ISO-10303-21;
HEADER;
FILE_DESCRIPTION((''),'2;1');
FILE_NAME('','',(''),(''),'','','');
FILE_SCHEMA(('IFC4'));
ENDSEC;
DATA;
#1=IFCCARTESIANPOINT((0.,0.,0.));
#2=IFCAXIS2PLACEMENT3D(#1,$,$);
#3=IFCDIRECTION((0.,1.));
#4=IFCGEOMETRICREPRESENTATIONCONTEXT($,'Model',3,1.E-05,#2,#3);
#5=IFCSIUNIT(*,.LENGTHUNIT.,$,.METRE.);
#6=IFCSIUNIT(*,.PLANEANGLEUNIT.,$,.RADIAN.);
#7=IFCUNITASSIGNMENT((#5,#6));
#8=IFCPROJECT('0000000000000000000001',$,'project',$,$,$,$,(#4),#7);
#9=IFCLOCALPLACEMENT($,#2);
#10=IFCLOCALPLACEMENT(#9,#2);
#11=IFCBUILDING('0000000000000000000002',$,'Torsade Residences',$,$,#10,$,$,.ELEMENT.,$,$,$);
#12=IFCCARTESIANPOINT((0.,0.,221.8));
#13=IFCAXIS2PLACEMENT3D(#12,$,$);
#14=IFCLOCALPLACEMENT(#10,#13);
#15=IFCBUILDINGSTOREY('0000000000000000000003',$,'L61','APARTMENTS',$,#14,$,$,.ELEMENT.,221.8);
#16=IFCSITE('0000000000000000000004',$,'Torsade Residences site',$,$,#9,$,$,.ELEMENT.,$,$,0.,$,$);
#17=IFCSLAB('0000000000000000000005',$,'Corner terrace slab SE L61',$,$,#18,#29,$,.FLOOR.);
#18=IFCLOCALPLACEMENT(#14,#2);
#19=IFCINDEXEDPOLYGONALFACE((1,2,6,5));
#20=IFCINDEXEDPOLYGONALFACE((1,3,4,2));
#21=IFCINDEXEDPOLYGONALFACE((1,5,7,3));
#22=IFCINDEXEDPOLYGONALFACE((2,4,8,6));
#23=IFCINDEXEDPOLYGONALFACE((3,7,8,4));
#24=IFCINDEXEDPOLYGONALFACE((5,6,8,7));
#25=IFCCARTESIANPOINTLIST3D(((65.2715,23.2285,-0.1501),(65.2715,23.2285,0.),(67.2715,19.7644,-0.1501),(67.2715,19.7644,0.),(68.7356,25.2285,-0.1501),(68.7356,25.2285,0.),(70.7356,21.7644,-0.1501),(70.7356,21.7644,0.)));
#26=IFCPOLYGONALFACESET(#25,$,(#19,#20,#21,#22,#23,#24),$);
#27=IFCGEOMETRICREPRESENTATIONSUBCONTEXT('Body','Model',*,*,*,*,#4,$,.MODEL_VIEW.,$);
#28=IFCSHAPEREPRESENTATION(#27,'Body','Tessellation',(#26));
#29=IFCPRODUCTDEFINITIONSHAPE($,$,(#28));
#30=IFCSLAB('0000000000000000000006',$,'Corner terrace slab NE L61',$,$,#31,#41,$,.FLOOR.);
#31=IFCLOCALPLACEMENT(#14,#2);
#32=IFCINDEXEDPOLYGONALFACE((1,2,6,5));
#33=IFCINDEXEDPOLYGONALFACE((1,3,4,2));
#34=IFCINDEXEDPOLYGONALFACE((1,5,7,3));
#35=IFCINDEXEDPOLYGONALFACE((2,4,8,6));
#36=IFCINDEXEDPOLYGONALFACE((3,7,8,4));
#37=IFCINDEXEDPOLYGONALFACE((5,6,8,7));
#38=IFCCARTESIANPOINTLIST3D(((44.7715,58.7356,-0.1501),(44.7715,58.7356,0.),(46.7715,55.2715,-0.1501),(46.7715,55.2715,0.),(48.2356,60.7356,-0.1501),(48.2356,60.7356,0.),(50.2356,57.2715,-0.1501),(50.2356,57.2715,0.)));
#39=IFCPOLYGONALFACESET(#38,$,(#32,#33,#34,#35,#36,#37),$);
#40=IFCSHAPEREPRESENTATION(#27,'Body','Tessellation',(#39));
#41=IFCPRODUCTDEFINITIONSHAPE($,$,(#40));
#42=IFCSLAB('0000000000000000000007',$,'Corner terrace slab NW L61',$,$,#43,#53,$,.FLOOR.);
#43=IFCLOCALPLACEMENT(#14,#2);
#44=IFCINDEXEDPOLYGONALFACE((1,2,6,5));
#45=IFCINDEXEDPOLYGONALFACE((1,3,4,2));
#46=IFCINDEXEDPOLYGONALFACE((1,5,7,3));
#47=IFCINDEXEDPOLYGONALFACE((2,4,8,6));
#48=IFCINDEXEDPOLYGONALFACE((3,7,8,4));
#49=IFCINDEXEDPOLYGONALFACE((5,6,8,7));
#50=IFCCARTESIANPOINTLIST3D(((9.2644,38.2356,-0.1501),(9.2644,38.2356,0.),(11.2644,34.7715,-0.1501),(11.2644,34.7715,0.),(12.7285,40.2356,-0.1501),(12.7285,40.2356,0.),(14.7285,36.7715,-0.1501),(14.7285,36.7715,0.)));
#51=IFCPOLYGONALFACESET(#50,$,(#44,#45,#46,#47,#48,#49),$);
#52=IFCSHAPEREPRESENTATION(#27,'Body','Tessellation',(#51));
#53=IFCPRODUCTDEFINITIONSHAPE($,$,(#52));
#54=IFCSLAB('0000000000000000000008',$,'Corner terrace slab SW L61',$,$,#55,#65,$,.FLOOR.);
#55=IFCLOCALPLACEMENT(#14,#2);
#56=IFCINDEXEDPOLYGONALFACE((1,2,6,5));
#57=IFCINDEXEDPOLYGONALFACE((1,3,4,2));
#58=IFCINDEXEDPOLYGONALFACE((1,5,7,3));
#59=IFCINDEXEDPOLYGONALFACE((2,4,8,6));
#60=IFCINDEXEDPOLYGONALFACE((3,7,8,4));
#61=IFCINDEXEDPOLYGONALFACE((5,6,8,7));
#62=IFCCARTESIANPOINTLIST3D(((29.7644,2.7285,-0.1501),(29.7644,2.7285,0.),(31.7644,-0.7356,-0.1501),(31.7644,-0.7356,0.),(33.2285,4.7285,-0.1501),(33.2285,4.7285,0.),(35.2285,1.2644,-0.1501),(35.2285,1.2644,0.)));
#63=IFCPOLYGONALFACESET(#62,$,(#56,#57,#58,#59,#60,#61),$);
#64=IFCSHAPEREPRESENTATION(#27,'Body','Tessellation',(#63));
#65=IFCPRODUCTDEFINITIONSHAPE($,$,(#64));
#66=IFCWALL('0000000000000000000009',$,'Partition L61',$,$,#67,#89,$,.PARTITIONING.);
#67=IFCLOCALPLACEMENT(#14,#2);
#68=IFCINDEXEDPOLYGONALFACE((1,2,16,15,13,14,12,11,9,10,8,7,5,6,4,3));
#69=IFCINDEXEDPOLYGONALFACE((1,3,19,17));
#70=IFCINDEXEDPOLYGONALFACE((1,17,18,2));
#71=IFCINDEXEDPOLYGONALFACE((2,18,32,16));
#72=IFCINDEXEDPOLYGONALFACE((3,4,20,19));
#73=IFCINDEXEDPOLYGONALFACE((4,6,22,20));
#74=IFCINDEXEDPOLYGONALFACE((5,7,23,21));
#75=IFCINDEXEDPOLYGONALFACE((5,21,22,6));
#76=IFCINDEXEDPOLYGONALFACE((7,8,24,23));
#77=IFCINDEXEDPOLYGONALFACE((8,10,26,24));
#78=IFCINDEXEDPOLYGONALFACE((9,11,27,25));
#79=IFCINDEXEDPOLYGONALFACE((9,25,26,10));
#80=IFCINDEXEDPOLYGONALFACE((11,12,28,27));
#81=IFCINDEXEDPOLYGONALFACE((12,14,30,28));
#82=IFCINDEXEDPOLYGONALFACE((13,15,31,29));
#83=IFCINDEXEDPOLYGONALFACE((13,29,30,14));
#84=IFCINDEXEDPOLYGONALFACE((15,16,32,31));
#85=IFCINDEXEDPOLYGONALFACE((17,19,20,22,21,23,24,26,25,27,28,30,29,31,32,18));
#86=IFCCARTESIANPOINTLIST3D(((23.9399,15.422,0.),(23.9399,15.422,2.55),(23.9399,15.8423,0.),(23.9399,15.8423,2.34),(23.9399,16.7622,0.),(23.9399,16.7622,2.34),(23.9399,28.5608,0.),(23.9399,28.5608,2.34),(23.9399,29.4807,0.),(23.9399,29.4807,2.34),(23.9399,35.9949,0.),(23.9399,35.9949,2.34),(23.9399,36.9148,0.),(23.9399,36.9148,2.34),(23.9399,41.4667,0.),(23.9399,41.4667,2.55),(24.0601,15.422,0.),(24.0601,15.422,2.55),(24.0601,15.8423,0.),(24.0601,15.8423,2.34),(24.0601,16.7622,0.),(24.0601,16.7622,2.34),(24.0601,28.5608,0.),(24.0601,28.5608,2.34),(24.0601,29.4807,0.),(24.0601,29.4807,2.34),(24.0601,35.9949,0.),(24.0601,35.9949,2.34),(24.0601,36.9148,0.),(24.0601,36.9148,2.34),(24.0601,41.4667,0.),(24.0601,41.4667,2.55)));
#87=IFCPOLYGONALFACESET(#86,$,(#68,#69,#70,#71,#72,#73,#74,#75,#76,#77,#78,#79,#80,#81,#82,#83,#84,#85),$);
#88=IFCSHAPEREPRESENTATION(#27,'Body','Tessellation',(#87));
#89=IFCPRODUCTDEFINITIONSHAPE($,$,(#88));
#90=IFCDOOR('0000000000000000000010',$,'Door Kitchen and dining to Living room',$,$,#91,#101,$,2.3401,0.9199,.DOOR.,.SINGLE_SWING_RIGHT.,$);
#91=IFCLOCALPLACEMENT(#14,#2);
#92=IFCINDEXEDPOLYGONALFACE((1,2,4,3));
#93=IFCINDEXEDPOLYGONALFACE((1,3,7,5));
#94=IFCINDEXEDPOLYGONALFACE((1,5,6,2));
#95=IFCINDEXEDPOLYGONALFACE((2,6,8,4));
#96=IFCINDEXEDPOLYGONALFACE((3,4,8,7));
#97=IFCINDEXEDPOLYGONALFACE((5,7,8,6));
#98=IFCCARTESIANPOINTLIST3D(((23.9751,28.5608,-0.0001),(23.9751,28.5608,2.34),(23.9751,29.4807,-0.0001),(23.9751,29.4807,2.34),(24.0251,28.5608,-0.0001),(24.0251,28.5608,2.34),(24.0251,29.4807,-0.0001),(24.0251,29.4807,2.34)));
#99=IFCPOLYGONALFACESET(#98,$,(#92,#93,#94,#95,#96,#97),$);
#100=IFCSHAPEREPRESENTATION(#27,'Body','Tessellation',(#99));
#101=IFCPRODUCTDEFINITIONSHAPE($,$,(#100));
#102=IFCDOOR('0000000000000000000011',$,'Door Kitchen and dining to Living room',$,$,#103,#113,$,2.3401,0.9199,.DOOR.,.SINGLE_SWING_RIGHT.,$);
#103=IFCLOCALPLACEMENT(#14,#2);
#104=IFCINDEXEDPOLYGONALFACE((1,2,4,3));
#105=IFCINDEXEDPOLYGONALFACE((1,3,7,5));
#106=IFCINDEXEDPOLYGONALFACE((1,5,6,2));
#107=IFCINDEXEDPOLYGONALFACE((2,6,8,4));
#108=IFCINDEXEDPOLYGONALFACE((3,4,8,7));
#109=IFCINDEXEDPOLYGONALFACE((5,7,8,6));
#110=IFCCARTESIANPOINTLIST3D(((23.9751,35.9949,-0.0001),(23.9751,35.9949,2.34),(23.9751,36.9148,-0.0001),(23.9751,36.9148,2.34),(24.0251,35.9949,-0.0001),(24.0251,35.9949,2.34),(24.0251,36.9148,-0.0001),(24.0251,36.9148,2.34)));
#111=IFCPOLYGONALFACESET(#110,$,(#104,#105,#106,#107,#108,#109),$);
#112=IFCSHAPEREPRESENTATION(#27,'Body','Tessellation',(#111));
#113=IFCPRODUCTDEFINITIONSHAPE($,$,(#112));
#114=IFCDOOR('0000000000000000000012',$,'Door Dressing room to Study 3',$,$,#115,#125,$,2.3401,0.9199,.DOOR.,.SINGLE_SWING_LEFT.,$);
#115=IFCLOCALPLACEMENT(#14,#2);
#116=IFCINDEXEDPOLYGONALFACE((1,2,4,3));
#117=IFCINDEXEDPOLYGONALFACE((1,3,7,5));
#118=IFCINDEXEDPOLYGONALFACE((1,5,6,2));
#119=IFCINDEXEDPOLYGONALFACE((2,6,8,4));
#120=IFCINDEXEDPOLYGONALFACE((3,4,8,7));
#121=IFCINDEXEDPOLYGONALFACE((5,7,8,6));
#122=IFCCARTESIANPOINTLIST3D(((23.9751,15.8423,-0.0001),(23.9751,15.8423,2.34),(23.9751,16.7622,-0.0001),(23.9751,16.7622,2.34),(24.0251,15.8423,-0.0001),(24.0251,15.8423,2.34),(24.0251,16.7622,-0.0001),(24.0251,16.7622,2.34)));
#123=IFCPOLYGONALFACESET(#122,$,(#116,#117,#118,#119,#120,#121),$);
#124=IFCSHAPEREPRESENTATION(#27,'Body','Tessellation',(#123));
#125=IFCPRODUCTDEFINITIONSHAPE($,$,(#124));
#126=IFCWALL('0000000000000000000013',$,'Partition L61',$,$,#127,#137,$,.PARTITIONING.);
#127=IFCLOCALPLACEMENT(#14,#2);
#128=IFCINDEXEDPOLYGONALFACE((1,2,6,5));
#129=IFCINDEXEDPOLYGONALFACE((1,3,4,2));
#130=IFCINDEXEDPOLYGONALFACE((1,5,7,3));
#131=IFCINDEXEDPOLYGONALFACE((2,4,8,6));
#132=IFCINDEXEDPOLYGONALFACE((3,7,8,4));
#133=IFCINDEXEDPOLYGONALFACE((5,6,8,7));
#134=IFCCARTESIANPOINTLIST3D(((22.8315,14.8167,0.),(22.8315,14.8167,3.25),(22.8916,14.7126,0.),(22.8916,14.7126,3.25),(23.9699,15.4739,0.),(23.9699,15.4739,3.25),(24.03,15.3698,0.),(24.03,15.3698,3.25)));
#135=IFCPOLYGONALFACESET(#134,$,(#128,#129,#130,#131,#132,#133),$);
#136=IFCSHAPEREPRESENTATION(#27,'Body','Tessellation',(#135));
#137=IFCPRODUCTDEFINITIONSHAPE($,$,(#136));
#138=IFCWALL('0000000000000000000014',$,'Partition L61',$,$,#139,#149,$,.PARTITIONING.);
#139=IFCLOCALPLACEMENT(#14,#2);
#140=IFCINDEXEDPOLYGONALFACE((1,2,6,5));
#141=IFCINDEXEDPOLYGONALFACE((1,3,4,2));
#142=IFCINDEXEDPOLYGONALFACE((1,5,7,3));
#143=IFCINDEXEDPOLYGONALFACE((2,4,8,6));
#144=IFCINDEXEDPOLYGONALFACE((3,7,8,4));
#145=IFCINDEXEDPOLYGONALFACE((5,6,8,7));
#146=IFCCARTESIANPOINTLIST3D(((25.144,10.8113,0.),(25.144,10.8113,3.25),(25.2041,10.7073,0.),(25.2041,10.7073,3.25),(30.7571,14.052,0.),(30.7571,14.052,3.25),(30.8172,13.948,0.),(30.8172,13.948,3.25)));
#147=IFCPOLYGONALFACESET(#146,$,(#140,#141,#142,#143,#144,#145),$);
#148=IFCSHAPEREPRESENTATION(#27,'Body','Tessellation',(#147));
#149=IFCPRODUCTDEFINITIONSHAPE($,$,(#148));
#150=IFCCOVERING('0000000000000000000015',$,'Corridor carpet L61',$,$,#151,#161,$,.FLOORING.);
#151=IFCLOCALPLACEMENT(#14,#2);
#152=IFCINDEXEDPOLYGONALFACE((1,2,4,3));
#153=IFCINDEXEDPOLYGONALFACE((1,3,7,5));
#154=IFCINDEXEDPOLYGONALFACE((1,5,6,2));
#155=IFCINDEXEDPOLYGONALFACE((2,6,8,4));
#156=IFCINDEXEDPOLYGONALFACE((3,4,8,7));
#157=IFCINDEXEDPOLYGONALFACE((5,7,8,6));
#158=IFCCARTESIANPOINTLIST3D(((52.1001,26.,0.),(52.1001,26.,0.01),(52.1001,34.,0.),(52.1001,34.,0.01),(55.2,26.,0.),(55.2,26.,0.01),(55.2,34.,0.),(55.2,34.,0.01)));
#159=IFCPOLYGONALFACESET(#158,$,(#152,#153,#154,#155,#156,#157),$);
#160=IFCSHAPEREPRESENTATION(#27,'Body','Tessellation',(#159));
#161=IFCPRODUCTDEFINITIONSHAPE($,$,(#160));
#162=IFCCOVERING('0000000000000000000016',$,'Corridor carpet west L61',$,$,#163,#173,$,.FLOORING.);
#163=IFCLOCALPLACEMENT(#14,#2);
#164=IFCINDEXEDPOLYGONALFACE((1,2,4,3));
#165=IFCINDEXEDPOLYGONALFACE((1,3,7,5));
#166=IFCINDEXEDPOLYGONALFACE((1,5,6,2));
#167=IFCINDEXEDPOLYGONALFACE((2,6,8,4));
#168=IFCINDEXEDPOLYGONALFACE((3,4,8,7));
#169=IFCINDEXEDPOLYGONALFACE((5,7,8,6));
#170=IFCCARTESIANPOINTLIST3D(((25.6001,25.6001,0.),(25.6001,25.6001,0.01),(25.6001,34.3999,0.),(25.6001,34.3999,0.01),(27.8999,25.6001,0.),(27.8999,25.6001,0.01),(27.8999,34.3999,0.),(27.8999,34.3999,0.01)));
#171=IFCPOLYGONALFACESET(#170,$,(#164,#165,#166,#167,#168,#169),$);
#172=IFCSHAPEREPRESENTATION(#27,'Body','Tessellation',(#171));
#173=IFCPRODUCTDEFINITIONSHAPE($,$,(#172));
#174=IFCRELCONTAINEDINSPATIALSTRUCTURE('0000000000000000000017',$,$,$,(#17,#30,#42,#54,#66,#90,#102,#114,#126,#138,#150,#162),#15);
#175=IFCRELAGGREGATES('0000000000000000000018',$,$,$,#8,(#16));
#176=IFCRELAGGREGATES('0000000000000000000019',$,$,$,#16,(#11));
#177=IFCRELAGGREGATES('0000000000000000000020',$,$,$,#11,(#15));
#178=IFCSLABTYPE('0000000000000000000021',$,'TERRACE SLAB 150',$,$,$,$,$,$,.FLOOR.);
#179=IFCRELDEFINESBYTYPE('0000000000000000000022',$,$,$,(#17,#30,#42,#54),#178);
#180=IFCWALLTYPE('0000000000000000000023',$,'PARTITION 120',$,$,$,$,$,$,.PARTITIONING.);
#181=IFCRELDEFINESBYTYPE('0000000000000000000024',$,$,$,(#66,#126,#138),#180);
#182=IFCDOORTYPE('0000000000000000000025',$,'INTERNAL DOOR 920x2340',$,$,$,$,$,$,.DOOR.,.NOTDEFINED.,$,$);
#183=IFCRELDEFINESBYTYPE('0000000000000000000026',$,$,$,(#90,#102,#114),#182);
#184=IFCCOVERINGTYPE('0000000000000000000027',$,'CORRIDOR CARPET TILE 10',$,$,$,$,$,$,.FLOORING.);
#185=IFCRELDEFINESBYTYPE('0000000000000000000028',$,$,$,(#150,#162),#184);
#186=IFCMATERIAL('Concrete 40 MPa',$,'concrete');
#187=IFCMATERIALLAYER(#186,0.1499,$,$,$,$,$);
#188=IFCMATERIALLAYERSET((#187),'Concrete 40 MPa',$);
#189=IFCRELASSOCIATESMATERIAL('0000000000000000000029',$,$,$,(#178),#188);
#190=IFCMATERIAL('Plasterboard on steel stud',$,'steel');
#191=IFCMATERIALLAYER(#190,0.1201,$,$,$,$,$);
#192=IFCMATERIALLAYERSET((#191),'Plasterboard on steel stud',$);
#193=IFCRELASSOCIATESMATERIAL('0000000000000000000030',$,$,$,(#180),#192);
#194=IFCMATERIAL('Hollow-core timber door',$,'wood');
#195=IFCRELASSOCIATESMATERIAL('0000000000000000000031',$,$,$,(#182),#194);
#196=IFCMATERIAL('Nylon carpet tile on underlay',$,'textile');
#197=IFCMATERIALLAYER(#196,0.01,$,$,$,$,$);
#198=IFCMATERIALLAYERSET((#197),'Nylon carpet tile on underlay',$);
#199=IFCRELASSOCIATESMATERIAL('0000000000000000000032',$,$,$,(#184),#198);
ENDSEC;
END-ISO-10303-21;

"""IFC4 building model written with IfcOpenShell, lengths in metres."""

from ifc_helpers import new_model, si_unit, direction, frame, frame_2d, origin, place, context, subcontext, project, spatial, polyline, rectangle, outline, extrude, material, layer, layer_set, type_object, element, fill, save


model = new_model("IFC4")

# Units and contexts
model_context = context("Model", 3, precision=1e-05, world=origin(), true_north=direction((0.0, 1.0)))
body_context = subcontext(model_context, "Body", "Model", "MODEL_VIEW")
ifc_project = project(units=[si_unit("LENGTHUNIT", "METRE"), si_unit("PLANEANGLEUNIT", "RADIAN")], contexts=[model_context])

# Site, building, storey
site_placement = place(None, origin())
site = spatial("IfcSite", under=ifc_project, at=site_placement, Name="Torsade Residences site", CompositionType="ELEMENT", RefElevation=0.0)
building_placement = place(site_placement, origin())
building = spatial("IfcBuilding", under=site, at=building_placement, Name="Torsade Residences", CompositionType="ELEMENT")
storey_placement = place(building_placement, frame((0.0, 0.0, 221.8)))
storey = spatial("IfcBuildingStorey", under=building, at=storey_placement, Name="L61", Description="APARTMENTS", CompositionType="ELEMENT", Elevation=221.8)

# Slabs
ifc_material_1 = material(Name="Concrete 40 MPa", Category="concrete")
ifc_layer_1 = layer(ifc_material_1, 0.1499)
ifc_layer_set_1 = layer_set([ifc_layer_1], Name="Concrete 40 MPa")
slab_type_1 = type_object("IfcSlabType", Name="TERRACE SLAB 150", PredefinedType="FLOOR", material=ifc_layer_set_1)
slab_1_placement = place(storey_placement, frame((0.0, 0.0, -0.1501)))
element("IfcSlab", 1, at=slab_1_placement, inside=storey, type_object=slab_type_1, Name="Corner terrace slab SE L61", PredefinedType="FLOOR", context=body_context, shape_type="SweptSolid", body=[
    extrude(outline(polyline([(67.2715, 19.7644), (70.7356, 21.7644), (68.7356, 25.2285), (65.2715, 23.2285), (67.2715, 19.7644)])), origin(), (0.0, 0.0, 1.0), 0.1501),
])
slab_2_placement = place(storey_placement, frame((0.0, 0.0, -0.1501)))
element("IfcSlab", 2, at=slab_2_placement, inside=storey, type_object=slab_type_1, Name="Corner terrace slab NE L61", PredefinedType="FLOOR", context=body_context, shape_type="SweptSolid", body=[
    extrude(outline(polyline([(46.7715, 55.2715), (50.2356, 57.2715), (48.2356, 60.7356), (44.7715, 58.7356), (46.7715, 55.2715)])), origin(), (0.0, 0.0, 1.0), 0.1501),
])
slab_3_placement = place(storey_placement, frame((0.0, 0.0, -0.1501)))
element("IfcSlab", 3, at=slab_3_placement, inside=storey, type_object=slab_type_1, Name="Corner terrace slab NW L61", PredefinedType="FLOOR", context=body_context, shape_type="SweptSolid", body=[
    extrude(outline(polyline([(11.2644, 34.7715), (14.7285, 36.7715), (12.7285, 40.2356), (9.2644, 38.2356), (11.2644, 34.7715)])), origin(), (0.0, 0.0, 1.0), 0.1501),
])
slab_4_placement = place(storey_placement, frame((0.0, 0.0, -0.1501)))
element("IfcSlab", 4, at=slab_4_placement, inside=storey, type_object=slab_type_1, Name="Corner terrace slab SW L61", PredefinedType="FLOOR", context=body_context, shape_type="SweptSolid", body=[
    extrude(outline(polyline([(31.7644, -0.7356), (35.2285, 1.2644), (33.2285, 4.7285), (29.7644, 2.7285), (31.7644, -0.7356)])), origin(), (0.0, 0.0, 1.0), 0.1501),
])

# Wall, openings, doors
ifc_material_2 = material(Name="Plasterboard on steel stud", Category="steel")
ifc_layer_2 = layer(ifc_material_2, 0.1201)
ifc_layer_set_2 = layer_set([ifc_layer_2], Name="Plasterboard on steel stud")
wall_type = type_object("IfcWallType", Name="PARTITION 120", PredefinedType="PARTITIONING", material=ifc_layer_set_2)
wall_1_placement = place(storey_placement, frame((24.0, 15.4219, 0.0), z_axis=(0.0, 0.0, 1.0), x_axis=(0.0, 1.0, 0.0)))
wall_1 = element("IfcWall", 5, at=wall_1_placement, inside=storey, type_object=wall_type, Name="Partition L61", PredefinedType="PARTITIONING", context=body_context, shape_type="SweptSolid", body=[
    extrude(rectangle(XDim=26.0447, YDim=0.1201, at=frame_2d((13.0225, 0.0))), origin(), (0.0, 0.0, 1.0), 2.55),
])
opening_1_placement = place(wall_1_placement, frame((13.1389, 0.0, 0.0)))
opening_1 = element("IfcOpeningElement", 6, at=opening_1_placement, cuts=wall_1, PredefinedType="OPENING", context=body_context, shape_type="SweptSolid", body=[
    extrude(rectangle(XDim=0.9199, YDim=2.3401, at=frame_2d((0.46, 1.1699))), frame((0.0, 0.0701, 0.0), z_axis=(0.0, -1.0, 0.0), x_axis=(1.0, 0.0, 0.0)), (0.0, 0.0, 1.0), 0.1401),
])
opening_2_placement = place(wall_1_placement, frame((20.573, 0.0, 0.0)))
opening_2 = element("IfcOpeningElement", 7, at=opening_2_placement, cuts=wall_1, PredefinedType="OPENING", context=body_context, shape_type="SweptSolid", body=[
    extrude(rectangle(XDim=0.9199, YDim=2.3401, at=frame_2d((0.46, 1.1699))), frame((0.0, 0.0701, 0.0), z_axis=(0.0, -1.0, 0.0), x_axis=(1.0, 0.0, 0.0)), (0.0, 0.0, 1.0), 0.1401),
])
opening_3_placement = place(wall_1_placement, frame((0.4204, 0.0, 0.0)))
opening_3 = element("IfcOpeningElement", 8, at=opening_3_placement, cuts=wall_1, PredefinedType="OPENING", context=body_context, shape_type="SweptSolid", body=[
    extrude(rectangle(XDim=0.9199, YDim=2.3401, at=frame_2d((0.46, 1.1699))), frame((0.0, 0.0701, 0.0), z_axis=(0.0, -1.0, 0.0), x_axis=(1.0, 0.0, 0.0)), (0.0, 0.0, 1.0), 0.1401),
])
ifc_material_3 = material(Name="Hollow-core timber door", Category="wood")
door_type = type_object("IfcDoorType", Name="INTERNAL DOOR 920x2340", OperationType="NOTDEFINED", PredefinedType="DOOR", material=ifc_material_3)
door_1_placement = place(opening_1_placement, origin())
door_1 = element("IfcDoor", 9, at=door_1_placement, inside=storey, type_object=door_type, Name="Door Kitchen and dining to Living room", OperationType="SINGLE_SWING_RIGHT", OverallHeight=2.3401, OverallWidth=0.9199, PredefinedType="DOOR", context=body_context, shape_type="SweptSolid", body=[
    extrude(rectangle(XDim=0.9199, YDim=2.3401, at=frame_2d((0.46, 1.1699))), frame((0.0, 0.0249, 0.0), z_axis=(0.0, -1.0, 0.0), x_axis=(1.0, 0.0, 0.0)), (0.0, 0.0, 1.0), 0.05),
])
fill(opening_1, door_1)
door_2_placement = place(opening_2_placement, origin())
door_2 = element("IfcDoor", 10, at=door_2_placement, inside=storey, type_object=door_type, Name="Door Kitchen and dining to Living room", OperationType="SINGLE_SWING_RIGHT", OverallHeight=2.3401, OverallWidth=0.9199, PredefinedType="DOOR", context=body_context, shape_type="SweptSolid", body=[
    extrude(rectangle(XDim=0.9199, YDim=2.3401, at=frame_2d((0.46, 1.1699))), frame((0.0, 0.0249, 0.0), z_axis=(0.0, -1.0, 0.0), x_axis=(1.0, 0.0, 0.0)), (0.0, 0.0, 1.0), 0.05),
])
fill(opening_2, door_2)
door_3_placement = place(opening_3_placement, origin())
door_3 = element("IfcDoor", 11, at=door_3_placement, inside=storey, type_object=door_type, Name="Door Dressing room to Study 3", OperationType="SINGLE_SWING_LEFT", OverallHeight=2.3401, OverallWidth=0.9199, PredefinedType="DOOR", context=body_context, shape_type="SweptSolid", body=[
    extrude(rectangle(XDim=0.9199, YDim=2.3401, at=frame_2d((0.46, 1.1699))), frame((0.0, 0.0249, 0.0), z_axis=(0.0, -1.0, 0.0), x_axis=(1.0, 0.0, 0.0)), (0.0, 0.0, 1.0), 0.05),
])
fill(opening_3, door_3)

# Walls
wall_2_placement = place(storey_placement, frame((22.8616, 14.7646, 0.0), z_axis=(0.0, 0.0, 1.0), x_axis=(0.86604, 0.499974, 0.0)))
element("IfcWall", 12, at=wall_2_placement, inside=storey, type_object=wall_type, Name="Partition L61", PredefinedType="PARTITIONING", context=body_context, shape_type="SweptSolid", body=[
    extrude(rectangle(XDim=1.3145, YDim=0.1201, at=frame_2d((0.6572, 0.0))), origin(), (0.0, 0.0, 1.0), 3.25),
])
wall_3_placement = place(storey_placement, frame((25.1741, 10.7593, 0.0), z_axis=(0.0, 0.0, 1.0), x_axis=(0.866023, 0.500004, 0.0)))
element("IfcWall", 13, at=wall_3_placement, inside=storey, type_object=wall_type, Name="Partition L61", PredefinedType="PARTITIONING", context=body_context, shape_type="SweptSolid", body=[
    extrude(rectangle(XDim=6.4814, YDim=0.1201, at=frame_2d((3.2407, 0.0))), origin(), (0.0, 0.0, 1.0), 3.25),
])

# Coverings
ifc_material_4 = material(Name="Nylon carpet tile on underlay", Category="textile")
ifc_layer_3 = layer(ifc_material_4, 0.01)
ifc_layer_set_3 = layer_set([ifc_layer_3], Name="Nylon carpet tile on underlay")
covering_type_1 = type_object("IfcCoveringType", Name="CORRIDOR CARPET TILE 10", PredefinedType="FLOORING", material=ifc_layer_set_3)
covering_1_placement = place(storey_placement, origin())
element("IfcCovering", 14, at=covering_1_placement, inside=storey, type_object=covering_type_1, Name="Corridor carpet L61", PredefinedType="FLOORING", context=body_context, shape_type="SweptSolid", body=[
    extrude(outline(polyline([(55.2, 26.0), (55.2, 34.0), (52.1001, 34.0), (52.1001, 26.0), (55.2, 26.0)])), origin(), (0.0, 0.0, 1.0), 0.01),
])
covering_2_placement = place(storey_placement, origin())
element("IfcCovering", 15, at=covering_2_placement, inside=storey, type_object=covering_type_1, Name="Corridor carpet west L61", PredefinedType="FLOORING", context=body_context, shape_type="SweptSolid", body=[
    extrude(outline(polyline([(27.8999, 25.6001), (27.8999, 34.3999), (25.6001, 34.3999), (25.6001, 25.6001), (27.8999, 25.6001)])), origin(), (0.0, 0.0, 1.0), 0.01),
])

save(model, "model.ifc")
